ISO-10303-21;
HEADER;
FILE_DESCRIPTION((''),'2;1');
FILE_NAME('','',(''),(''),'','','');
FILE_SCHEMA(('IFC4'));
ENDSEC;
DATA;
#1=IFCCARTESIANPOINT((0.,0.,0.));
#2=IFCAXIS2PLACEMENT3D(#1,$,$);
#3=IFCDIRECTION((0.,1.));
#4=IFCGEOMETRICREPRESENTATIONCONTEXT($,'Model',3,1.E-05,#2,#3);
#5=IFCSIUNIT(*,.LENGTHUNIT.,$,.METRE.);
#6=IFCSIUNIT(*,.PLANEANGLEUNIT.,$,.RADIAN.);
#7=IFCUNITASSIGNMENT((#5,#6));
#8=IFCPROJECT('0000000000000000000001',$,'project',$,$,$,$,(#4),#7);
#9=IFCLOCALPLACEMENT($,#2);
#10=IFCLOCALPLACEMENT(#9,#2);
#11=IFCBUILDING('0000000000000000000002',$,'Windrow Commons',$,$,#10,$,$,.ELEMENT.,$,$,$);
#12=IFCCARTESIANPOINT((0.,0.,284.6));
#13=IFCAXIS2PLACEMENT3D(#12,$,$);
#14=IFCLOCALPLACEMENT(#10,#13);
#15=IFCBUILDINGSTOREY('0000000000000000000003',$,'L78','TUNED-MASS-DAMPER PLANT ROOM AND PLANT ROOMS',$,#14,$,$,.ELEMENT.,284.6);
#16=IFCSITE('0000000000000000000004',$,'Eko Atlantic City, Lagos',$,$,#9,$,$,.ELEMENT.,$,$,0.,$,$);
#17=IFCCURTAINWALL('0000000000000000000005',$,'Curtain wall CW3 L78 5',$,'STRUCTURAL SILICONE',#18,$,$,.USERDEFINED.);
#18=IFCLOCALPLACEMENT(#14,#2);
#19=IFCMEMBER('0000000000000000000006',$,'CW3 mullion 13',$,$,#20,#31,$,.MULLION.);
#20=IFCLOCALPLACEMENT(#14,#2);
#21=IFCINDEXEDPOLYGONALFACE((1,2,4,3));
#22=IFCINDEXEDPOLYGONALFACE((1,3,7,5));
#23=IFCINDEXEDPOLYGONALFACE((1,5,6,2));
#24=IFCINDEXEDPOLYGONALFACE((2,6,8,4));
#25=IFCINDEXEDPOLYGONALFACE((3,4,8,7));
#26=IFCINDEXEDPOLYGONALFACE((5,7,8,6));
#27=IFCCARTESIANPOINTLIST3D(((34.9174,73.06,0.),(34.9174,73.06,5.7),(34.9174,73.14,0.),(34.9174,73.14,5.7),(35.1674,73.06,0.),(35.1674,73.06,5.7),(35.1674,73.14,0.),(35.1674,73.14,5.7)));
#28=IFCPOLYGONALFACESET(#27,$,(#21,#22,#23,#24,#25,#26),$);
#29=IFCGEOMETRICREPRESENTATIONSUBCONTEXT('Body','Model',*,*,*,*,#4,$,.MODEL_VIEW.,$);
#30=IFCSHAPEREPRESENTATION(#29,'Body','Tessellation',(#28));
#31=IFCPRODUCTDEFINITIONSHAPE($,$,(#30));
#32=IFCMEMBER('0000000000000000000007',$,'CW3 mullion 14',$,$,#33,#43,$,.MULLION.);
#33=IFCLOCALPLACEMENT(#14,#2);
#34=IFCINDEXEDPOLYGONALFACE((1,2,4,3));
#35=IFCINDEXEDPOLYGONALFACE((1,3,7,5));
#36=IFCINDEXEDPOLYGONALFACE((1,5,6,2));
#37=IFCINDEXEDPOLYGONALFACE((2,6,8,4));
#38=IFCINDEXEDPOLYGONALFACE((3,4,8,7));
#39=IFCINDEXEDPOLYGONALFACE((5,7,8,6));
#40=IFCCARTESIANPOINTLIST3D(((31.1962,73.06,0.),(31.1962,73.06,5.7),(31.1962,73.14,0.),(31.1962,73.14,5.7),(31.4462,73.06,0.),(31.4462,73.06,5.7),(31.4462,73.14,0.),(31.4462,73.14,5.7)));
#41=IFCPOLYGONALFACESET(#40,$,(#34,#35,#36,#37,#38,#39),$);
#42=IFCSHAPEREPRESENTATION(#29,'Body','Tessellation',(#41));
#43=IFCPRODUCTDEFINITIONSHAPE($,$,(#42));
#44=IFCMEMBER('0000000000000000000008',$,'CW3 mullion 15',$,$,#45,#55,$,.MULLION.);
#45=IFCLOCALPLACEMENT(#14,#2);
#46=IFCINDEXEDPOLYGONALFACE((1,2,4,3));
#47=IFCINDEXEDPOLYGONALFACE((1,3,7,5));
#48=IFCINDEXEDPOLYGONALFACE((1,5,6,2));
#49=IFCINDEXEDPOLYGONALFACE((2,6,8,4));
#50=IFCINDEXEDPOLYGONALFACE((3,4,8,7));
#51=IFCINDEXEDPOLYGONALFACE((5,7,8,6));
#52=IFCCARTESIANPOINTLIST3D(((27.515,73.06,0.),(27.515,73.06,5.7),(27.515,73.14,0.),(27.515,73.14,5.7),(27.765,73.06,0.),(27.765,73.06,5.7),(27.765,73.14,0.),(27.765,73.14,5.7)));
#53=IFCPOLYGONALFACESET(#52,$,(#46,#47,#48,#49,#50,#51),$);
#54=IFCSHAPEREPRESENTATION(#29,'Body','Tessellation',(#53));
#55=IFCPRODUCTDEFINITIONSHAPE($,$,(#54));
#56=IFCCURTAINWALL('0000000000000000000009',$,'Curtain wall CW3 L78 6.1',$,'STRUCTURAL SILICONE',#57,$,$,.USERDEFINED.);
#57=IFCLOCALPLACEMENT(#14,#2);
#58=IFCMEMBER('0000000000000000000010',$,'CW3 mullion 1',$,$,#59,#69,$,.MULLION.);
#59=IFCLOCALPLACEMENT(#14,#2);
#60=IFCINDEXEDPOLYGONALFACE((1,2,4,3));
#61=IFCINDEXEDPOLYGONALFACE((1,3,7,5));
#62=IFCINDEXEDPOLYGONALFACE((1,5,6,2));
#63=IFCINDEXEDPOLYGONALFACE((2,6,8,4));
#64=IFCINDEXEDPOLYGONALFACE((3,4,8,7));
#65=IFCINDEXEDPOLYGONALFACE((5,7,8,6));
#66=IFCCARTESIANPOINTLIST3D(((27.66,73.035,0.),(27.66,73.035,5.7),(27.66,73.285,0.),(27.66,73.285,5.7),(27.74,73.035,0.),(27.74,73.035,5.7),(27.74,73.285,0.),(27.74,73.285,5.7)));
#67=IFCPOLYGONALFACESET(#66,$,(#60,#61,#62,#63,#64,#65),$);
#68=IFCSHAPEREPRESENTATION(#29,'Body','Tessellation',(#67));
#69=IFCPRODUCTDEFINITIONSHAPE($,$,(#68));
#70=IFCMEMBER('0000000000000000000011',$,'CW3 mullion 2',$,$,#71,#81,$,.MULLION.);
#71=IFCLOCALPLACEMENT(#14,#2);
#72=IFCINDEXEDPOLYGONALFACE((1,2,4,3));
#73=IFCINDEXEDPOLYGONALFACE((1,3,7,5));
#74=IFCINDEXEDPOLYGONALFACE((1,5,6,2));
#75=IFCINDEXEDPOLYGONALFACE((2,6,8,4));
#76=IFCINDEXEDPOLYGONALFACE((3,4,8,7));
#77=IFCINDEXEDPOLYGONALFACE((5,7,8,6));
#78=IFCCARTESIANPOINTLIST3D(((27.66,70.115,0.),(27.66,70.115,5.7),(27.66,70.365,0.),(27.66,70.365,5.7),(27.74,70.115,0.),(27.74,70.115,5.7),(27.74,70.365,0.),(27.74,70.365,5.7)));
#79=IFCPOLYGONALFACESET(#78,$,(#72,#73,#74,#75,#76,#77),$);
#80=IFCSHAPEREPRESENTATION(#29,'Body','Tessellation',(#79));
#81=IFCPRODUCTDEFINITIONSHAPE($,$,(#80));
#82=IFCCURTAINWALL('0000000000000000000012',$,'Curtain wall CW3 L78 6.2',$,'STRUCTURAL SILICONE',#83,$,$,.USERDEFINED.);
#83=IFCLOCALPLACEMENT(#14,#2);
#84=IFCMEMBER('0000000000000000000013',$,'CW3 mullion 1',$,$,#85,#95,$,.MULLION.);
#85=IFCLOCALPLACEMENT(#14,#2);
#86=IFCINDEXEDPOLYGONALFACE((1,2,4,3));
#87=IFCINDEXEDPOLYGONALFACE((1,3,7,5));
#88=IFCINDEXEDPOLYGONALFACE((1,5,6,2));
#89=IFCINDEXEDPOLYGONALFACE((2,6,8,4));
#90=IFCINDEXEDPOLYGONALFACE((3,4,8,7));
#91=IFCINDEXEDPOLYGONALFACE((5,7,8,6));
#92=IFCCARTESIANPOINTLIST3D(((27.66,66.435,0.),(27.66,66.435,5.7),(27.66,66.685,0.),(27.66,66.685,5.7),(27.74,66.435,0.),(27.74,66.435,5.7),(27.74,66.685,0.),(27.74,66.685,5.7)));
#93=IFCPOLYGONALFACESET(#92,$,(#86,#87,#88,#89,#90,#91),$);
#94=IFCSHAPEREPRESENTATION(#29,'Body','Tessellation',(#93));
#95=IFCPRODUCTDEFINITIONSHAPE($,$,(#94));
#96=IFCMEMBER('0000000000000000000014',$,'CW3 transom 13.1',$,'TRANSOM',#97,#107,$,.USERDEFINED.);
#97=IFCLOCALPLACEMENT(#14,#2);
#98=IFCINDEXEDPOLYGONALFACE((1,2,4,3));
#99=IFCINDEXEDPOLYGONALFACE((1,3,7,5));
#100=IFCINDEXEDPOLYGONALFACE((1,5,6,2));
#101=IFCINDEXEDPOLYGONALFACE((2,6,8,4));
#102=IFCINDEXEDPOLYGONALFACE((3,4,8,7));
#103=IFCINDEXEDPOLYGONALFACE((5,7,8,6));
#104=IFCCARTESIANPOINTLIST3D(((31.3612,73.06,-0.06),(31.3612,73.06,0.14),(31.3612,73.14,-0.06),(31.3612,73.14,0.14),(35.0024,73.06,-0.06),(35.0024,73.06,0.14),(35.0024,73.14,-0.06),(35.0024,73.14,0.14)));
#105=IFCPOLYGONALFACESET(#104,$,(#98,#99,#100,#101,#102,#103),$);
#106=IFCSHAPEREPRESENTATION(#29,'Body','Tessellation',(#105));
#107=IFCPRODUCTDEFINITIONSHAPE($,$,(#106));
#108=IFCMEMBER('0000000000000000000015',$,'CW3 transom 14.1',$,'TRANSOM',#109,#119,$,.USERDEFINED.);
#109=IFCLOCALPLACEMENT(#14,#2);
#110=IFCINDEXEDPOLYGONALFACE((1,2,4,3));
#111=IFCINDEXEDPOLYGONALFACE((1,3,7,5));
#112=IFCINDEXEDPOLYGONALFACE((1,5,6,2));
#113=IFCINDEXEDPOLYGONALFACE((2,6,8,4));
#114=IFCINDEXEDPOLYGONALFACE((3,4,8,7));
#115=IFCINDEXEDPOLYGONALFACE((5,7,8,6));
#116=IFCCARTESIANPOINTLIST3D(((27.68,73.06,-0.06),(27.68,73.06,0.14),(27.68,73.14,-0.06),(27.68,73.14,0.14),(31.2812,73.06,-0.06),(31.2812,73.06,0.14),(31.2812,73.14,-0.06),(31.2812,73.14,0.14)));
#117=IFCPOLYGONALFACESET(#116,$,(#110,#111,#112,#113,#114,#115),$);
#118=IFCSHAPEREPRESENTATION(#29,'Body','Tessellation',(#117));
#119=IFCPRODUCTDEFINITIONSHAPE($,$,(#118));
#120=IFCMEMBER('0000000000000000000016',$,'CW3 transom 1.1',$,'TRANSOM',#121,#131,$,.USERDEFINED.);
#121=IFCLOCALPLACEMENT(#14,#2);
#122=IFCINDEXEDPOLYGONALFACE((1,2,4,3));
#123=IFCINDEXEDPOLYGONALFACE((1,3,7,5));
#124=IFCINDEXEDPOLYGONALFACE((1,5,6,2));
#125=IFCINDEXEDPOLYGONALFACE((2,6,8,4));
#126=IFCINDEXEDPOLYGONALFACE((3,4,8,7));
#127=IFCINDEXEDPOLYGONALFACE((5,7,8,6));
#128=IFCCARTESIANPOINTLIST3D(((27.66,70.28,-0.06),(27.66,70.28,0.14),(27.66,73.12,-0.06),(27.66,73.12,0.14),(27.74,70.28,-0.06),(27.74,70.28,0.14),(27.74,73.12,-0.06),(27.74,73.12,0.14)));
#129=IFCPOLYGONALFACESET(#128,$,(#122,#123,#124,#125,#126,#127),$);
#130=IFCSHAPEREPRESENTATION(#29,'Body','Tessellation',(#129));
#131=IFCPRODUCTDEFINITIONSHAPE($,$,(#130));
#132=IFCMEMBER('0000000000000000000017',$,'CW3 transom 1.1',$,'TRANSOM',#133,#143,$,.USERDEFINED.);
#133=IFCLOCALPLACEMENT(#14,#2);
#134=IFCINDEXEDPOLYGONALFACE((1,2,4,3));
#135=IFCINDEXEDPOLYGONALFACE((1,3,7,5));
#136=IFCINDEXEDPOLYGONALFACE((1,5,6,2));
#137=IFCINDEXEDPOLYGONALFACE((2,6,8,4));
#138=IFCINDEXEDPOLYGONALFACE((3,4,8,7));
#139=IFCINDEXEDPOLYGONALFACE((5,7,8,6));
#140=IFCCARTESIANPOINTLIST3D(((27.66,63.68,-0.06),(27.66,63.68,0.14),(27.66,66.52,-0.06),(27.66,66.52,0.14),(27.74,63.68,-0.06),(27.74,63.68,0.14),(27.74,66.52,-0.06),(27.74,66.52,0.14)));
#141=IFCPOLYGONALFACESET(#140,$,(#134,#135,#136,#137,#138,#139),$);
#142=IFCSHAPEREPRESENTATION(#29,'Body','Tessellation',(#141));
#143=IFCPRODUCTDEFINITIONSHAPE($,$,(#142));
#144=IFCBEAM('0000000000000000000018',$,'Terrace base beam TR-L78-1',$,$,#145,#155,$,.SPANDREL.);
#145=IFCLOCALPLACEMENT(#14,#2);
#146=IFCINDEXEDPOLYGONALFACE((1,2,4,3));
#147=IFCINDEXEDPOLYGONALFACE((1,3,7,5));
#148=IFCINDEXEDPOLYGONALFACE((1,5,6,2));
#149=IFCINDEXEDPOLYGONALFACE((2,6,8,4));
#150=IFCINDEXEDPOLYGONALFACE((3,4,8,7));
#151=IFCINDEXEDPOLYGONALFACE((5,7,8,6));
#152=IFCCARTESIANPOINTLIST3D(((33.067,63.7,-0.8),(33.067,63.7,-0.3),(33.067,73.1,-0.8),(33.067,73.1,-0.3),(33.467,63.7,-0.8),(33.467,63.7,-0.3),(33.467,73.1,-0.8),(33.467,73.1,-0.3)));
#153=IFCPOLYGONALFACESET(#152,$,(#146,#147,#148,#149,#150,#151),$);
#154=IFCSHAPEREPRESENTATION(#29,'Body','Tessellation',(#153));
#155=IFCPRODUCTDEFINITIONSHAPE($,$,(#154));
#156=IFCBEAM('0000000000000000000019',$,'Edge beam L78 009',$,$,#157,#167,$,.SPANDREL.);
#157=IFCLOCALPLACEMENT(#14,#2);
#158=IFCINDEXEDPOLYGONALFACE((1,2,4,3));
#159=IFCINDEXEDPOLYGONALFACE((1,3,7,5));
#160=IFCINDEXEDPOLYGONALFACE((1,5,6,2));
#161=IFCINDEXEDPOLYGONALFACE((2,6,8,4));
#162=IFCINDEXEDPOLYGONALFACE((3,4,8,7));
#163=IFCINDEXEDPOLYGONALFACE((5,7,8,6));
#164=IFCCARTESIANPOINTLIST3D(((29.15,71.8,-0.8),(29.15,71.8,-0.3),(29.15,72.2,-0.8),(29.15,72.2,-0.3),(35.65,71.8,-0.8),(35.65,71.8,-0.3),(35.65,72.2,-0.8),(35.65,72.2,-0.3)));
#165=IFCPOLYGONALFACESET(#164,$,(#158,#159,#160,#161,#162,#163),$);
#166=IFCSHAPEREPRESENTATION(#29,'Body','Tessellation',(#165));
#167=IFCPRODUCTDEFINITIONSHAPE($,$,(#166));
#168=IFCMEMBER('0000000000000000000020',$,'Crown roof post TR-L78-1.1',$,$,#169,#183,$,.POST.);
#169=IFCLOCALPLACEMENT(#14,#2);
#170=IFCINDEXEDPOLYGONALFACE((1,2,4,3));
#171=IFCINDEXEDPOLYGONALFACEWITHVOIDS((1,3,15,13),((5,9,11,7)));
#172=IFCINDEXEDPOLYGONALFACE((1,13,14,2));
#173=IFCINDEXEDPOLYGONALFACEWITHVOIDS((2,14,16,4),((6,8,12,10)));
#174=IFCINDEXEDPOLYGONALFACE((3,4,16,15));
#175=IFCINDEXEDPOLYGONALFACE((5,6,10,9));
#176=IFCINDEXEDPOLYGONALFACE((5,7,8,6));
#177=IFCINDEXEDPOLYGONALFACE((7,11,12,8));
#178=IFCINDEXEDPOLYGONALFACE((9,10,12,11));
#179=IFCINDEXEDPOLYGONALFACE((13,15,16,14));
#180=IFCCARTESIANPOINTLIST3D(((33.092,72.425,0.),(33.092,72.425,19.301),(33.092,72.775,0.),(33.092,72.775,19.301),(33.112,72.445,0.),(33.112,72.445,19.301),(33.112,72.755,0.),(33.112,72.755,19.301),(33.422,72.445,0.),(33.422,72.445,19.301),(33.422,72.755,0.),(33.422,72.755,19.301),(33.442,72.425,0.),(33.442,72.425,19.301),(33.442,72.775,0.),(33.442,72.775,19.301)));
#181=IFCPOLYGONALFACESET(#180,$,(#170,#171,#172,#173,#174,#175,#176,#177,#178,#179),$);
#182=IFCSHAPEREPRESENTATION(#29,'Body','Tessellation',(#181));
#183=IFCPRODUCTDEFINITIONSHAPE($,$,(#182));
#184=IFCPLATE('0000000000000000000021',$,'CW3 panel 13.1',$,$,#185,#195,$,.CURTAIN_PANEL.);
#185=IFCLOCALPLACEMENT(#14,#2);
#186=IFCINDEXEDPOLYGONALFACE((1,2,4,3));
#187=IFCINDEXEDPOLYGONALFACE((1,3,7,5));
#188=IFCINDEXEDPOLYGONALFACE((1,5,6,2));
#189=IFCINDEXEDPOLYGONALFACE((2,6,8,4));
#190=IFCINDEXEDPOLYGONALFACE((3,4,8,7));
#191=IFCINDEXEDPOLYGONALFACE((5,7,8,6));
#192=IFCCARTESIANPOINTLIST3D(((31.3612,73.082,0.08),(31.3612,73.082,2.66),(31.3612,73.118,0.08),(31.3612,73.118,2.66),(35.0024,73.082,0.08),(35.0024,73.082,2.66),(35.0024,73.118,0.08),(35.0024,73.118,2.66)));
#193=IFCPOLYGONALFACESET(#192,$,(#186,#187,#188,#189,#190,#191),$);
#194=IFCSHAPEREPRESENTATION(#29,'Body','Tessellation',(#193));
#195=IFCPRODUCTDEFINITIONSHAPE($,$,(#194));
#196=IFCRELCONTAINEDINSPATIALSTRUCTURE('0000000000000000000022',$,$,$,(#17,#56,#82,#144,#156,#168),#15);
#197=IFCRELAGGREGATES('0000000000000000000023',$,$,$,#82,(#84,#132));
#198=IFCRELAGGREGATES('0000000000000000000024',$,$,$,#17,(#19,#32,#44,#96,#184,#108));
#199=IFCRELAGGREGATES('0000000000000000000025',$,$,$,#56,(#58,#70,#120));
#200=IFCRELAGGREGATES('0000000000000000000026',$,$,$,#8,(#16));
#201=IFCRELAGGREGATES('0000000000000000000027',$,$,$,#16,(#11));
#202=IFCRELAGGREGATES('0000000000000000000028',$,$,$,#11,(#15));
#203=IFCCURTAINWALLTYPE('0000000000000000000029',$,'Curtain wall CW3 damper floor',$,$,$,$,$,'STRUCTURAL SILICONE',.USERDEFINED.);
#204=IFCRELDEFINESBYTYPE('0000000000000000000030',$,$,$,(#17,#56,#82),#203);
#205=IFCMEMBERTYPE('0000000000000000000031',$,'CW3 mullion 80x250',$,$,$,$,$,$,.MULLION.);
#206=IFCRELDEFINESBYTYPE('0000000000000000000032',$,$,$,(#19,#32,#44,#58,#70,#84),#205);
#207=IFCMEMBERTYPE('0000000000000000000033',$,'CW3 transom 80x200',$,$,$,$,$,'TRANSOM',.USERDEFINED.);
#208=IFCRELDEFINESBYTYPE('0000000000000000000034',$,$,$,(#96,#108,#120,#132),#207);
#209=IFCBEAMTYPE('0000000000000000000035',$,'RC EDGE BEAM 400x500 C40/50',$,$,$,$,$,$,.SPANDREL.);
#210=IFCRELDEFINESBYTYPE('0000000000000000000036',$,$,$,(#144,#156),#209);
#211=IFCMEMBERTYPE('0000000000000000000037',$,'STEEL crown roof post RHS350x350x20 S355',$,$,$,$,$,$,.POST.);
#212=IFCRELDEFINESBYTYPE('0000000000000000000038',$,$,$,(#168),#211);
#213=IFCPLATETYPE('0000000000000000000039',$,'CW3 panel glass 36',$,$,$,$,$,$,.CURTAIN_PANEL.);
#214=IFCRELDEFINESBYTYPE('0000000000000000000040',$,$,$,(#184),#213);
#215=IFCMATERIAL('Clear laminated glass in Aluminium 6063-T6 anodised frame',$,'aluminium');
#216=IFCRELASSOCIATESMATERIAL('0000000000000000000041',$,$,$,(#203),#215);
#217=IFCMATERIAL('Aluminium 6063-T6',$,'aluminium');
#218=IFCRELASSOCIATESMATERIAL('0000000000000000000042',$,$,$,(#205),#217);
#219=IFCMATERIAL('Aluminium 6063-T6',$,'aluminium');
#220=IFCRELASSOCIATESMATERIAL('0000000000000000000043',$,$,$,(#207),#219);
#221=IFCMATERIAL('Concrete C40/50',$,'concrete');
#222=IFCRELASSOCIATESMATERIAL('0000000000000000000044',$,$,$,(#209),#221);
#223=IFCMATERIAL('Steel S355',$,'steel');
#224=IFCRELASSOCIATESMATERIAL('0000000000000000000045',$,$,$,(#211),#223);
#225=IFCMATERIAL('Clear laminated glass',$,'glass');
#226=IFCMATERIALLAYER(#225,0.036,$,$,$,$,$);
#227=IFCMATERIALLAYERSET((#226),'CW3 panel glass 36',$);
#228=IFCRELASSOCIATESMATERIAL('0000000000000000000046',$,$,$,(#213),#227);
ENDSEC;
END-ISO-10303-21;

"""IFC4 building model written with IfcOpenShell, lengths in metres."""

from ifc_helpers import new_model, si_unit, direction, frame, origin, origin_2d, place, context, subcontext, project, spatial, rectangle, hollow_rectangle, extrude, material, layer, layer_set, material_profile, profile_set, type_object, element, aggregate, save


model = new_model("IFC4")

# Units and contexts
model_context = context("Model", 3, precision=1e-05, world=origin(), true_north=direction((0.0, 1.0)))
body_context = subcontext(model_context, "Body", "Model", "MODEL_VIEW")
ifc_project = project(units=[si_unit("LENGTHUNIT", "METRE"), si_unit("PLANEANGLEUNIT", "RADIAN")], contexts=[model_context])

# Site, building, storey
site_placement = place(None, origin())
site = spatial("IfcSite", under=ifc_project, at=site_placement, Name="Eko Atlantic City, Lagos", CompositionType="ELEMENT", RefElevation=0.0)
building_placement = place(site_placement, origin())
building = spatial("IfcBuilding", under=site, at=building_placement, Name="Windrow Commons", CompositionType="ELEMENT")
storey_placement = place(building_placement, frame((0.0, 0.0, 284.6)))
storey = spatial("IfcBuildingStorey", under=building, at=storey_placement, Name="L78", Description="TUNED-MASS-DAMPER PLANT ROOM AND PLANT ROOMS", CompositionType="ELEMENT", Elevation=284.6)

# Curtain walls, members
ifc_material_1 = material(Name="Clear laminated glass in Aluminium 6063-T6 anodised frame", Category="aluminium")
curtain_wall_type = type_object("IfcCurtainWallType", Name="Curtain wall CW3 damper floor", ElementType="STRUCTURAL SILICONE", PredefinedType="USERDEFINED", material=ifc_material_1)
placement = place(storey_placement, origin())
curtain_wall_1 = element("IfcCurtainWall", 1, at=placement, inside=storey, type_object=curtain_wall_type, Name="Curtain wall CW3 L78 5", ObjectType="STRUCTURAL SILICONE", PredefinedType="USERDEFINED")
ifc_material_2 = material(Name="Aluminium 6063-T6", Category="aluminium")
ifc_material_profile_1 = material_profile(ifc_material_2, rectangle(XDim=0.08, YDim=0.25, at=origin_2d()))
ifc_profile_set_1 = profile_set([ifc_material_profile_1], Name="Aluminium 6063-T6")
member_type_1 = type_object("IfcMemberType", Name="CW3 mullion 80x250", PredefinedType="MULLION", material=ifc_profile_set_1)
member_1_placement = place(storey_placement, frame((35.0424, 73.1, 0.0), z_axis=(0.0, 0.0, 1.0), x_axis=(0.0, -1.0, 0.0)))
member_1 = element("IfcMember", 2, at=member_1_placement, type_object=member_type_1, Name="CW3 mullion 13", PredefinedType="MULLION", context=body_context, shape_type="SweptSolid", body=[
    extrude(rectangle(XDim=0.08, YDim=0.25, at=origin_2d()), origin(), (0.0, 0.0, 1.0), 5.7),
])
member_2_placement = place(storey_placement, frame((31.3212, 73.1, 0.0), z_axis=(0.0, 0.0, 1.0), x_axis=(0.0, -1.0, 0.0)))
member_2 = element("IfcMember", 3, at=member_2_placement, type_object=member_type_1, Name="CW3 mullion 14", PredefinedType="MULLION", context=body_context, shape_type="SweptSolid", body=[
    extrude(rectangle(XDim=0.08, YDim=0.25, at=origin_2d()), origin(), (0.0, 0.0, 1.0), 5.7),
])
member_3_placement = place(storey_placement, frame((27.64, 73.1, 0.0), z_axis=(0.0, 0.0, 1.0), x_axis=(0.0, -1.0, 0.0)))
member_3 = element("IfcMember", 4, at=member_3_placement, type_object=member_type_1, Name="CW3 mullion 15", PredefinedType="MULLION", context=body_context, shape_type="SweptSolid", body=[
    extrude(rectangle(XDim=0.08, YDim=0.25, at=origin_2d()), origin(), (0.0, 0.0, 1.0), 5.7),
])
curtain_wall_2 = element("IfcCurtainWall", 5, at=placement, inside=storey, type_object=curtain_wall_type, Name="Curtain wall CW3 L78 6.1", ObjectType="STRUCTURAL SILICONE", PredefinedType="USERDEFINED")
member_4_placement = place(storey_placement, frame((27.7, 73.16, 0.0), z_axis=(0.0, 0.0, 1.0), x_axis=(1.0, 0.0, 0.0)))
member_4 = element("IfcMember", 6, at=member_4_placement, type_object=member_type_1, Name="CW3 mullion 1", PredefinedType="MULLION", context=body_context, shape_type="SweptSolid", body=[
    extrude(rectangle(XDim=0.08, YDim=0.25, at=origin_2d()), origin(), (0.0, 0.0, 1.0), 5.7),
])
member_5_placement = place(storey_placement, frame((27.7, 70.24, 0.0), z_axis=(0.0, 0.0, 1.0), x_axis=(1.0, 0.0, 0.0)))
member_5 = element("IfcMember", 7, at=member_5_placement, type_object=member_type_1, Name="CW3 mullion 2", PredefinedType="MULLION", context=body_context, shape_type="SweptSolid", body=[
    extrude(rectangle(XDim=0.08, YDim=0.25, at=origin_2d()), origin(), (0.0, 0.0, 1.0), 5.7),
])

# Curtain wall, member
curtain_wall_3 = element("IfcCurtainWall", 8, at=placement, inside=storey, type_object=curtain_wall_type, Name="Curtain wall CW3 L78 6.2", ObjectType="STRUCTURAL SILICONE", PredefinedType="USERDEFINED")
member_6_placement = place(storey_placement, frame((27.7, 66.56, 0.0), z_axis=(0.0, 0.0, 1.0), x_axis=(1.0, 0.0, 0.0)))
member_6 = element("IfcMember", 9, at=member_6_placement, type_object=member_type_1, Name="CW3 mullion 1", PredefinedType="MULLION", context=body_context, shape_type="SweptSolid", body=[
    extrude(rectangle(XDim=0.08, YDim=0.25, at=origin_2d()), origin(), (0.0, 0.0, 1.0), 5.7),
])

# Members
ifc_material_3 = material(Name="Aluminium 6063-T6", Category="aluminium")
ifc_material_profile_2 = material_profile(ifc_material_3, rectangle(XDim=0.08, YDim=0.2, at=origin_2d()))
ifc_profile_set_2 = profile_set([ifc_material_profile_2], Name="Aluminium 6063-T6")
member_type_2 = type_object("IfcMemberType", Name="CW3 transom 80x200", ElementType="TRANSOM", PredefinedType="USERDEFINED", material=ifc_profile_set_2)
member_7_placement = place(storey_placement, frame((35.0024, 73.1, 0.04), z_axis=(-1.0, 0.0, 0.0), x_axis=(0.0, -1.0, 0.0)))
member_7 = element("IfcMember", 10, at=member_7_placement, type_object=member_type_2, Name="CW3 transom 13.1", ObjectType="TRANSOM", PredefinedType="USERDEFINED", context=body_context, shape_type="SweptSolid", body=[
    extrude(rectangle(XDim=0.08, YDim=0.2, at=origin_2d()), origin(), (0.0, 0.0, 1.0), 3.6412),
])
member_8_placement = place(storey_placement, frame((31.2812, 73.1, 0.04), z_axis=(-1.0, 0.0, 0.0), x_axis=(0.0, -1.0, 0.0)))
member_8 = element("IfcMember", 11, at=member_8_placement, type_object=member_type_2, Name="CW3 transom 14.1", ObjectType="TRANSOM", PredefinedType="USERDEFINED", context=body_context, shape_type="SweptSolid", body=[
    extrude(rectangle(XDim=0.08, YDim=0.2, at=origin_2d()), origin(), (0.0, 0.0, 1.0), 3.6012),
])
member_9_placement = place(storey_placement, frame((27.7, 73.12, 0.04), z_axis=(0.0, -1.0, 0.0), x_axis=(1.0, 0.0, 0.0)))
member_9 = element("IfcMember", 12, at=member_9_placement, type_object=member_type_2, Name="CW3 transom 1.1", ObjectType="TRANSOM", PredefinedType="USERDEFINED", context=body_context, shape_type="SweptSolid", body=[
    extrude(rectangle(XDim=0.08, YDim=0.2, at=origin_2d()), origin(), (0.0, 0.0, 1.0), 2.84),
])
member_10_placement = place(storey_placement, frame((27.7, 66.52, 0.04), z_axis=(0.0, -1.0, 0.0), x_axis=(1.0, 0.0, 0.0)))
member_10 = element("IfcMember", 13, at=member_10_placement, type_object=member_type_2, Name="CW3 transom 1.1", ObjectType="TRANSOM", PredefinedType="USERDEFINED", context=body_context, shape_type="SweptSolid", body=[
    extrude(rectangle(XDim=0.08, YDim=0.2, at=origin_2d()), origin(), (0.0, 0.0, 1.0), 2.84),
])
aggregate(curtain_wall_3, [member_6, member_10])

# Beams
ifc_material_4 = material(Name="Concrete C40/50", Category="concrete")
ifc_material_profile_3 = material_profile(ifc_material_4, rectangle(XDim=0.4, YDim=0.5, at=origin_2d()))
ifc_profile_set_3 = profile_set([ifc_material_profile_3], Name="Concrete C40/50")
beam_type = type_object("IfcBeamType", Name="RC EDGE BEAM 400x500 C40/50", PredefinedType="SPANDREL", material=ifc_profile_set_3)
beam_1_placement = place(storey_placement, frame((33.267, 73.1, -0.55), z_axis=(0.0, -1.0, 0.0), x_axis=(1.0, 0.0, 0.0)))
element("IfcBeam", 14, at=beam_1_placement, inside=storey, type_object=beam_type, Name="Terrace base beam TR-L78-1", PredefinedType="SPANDREL", context=body_context, shape_type="SweptSolid", body=[
    extrude(rectangle(XDim=0.4, YDim=0.5, at=origin_2d()), origin(), (0.0, 0.0, 1.0), 9.4),
])
beam_2_placement = place(storey_placement, frame((29.15, 72.0, -0.55), z_axis=(1.0, 0.0, 0.0), x_axis=(0.0, 1.0, 0.0)))
element("IfcBeam", 15, at=beam_2_placement, inside=storey, type_object=beam_type, Name="Edge beam L78 009", PredefinedType="SPANDREL", context=body_context, shape_type="SweptSolid", body=[
    extrude(rectangle(XDim=0.4, YDim=0.5, at=origin_2d()), origin(), (0.0, 0.0, 1.0), 6.5),
])

# Member
ifc_material_5 = material(Name="Steel S355", Category="steel")
ifc_material_profile_4 = material_profile(ifc_material_5, hollow_rectangle(XDim=0.35, YDim=0.35, WallThickness=0.02, at=origin_2d()))
ifc_profile_set_4 = profile_set([ifc_material_profile_4], Name="Steel S355")
member_type_3 = type_object("IfcMemberType", Name="STEEL crown roof post RHS350x350x20 S355", PredefinedType="POST", material=ifc_profile_set_4)
member_11_placement = place(storey_placement, frame((33.267, 72.6, 0.0), z_axis=(0.0, 0.0, 1.0), x_axis=(1.0, 0.0, 0.0)))
element("IfcMember", 16, at=member_11_placement, inside=storey, type_object=member_type_3, Name="Crown roof post TR-L78-1.1", PredefinedType="POST", context=body_context, shape_type="SweptSolid", body=[
    extrude(hollow_rectangle(XDim=0.35, YDim=0.35, WallThickness=0.02, at=origin_2d()), origin(), (0.0, 0.0, 1.0), 19.301),
])

# Plate
ifc_material_6 = material(Name="Clear laminated glass", Category="glass")
ifc_layer_1 = layer(ifc_material_6, 0.036)
ifc_layer_set_1 = layer_set([ifc_layer_1], Name="CW3 panel glass 36")
plate_type = type_object("IfcPlateType", Name="CW3 panel glass 36", PredefinedType="CURTAIN_PANEL", material=ifc_layer_set_1)
plate_1_placement = place(storey_placement, frame((33.1818, 73.1, 0.08), z_axis=(0.0, 0.0, 1.0), x_axis=(-1.0, 0.0, 0.0)))
plate_1 = element("IfcPlate", 17, at=plate_1_placement, type_object=plate_type, Name="CW3 panel 13.1", PredefinedType="CURTAIN_PANEL", context=body_context, shape_type="SweptSolid", body=[
    extrude(rectangle(XDim=3.6412, YDim=0.036, at=origin_2d()), origin(), (0.0, 0.0, 1.0), 2.58),
])
aggregate(curtain_wall_1, [member_1, member_2, member_3, member_7, plate_1, member_8])
aggregate(curtain_wall_2, [member_4, member_5, member_9])

save(model, "model.ifc")
